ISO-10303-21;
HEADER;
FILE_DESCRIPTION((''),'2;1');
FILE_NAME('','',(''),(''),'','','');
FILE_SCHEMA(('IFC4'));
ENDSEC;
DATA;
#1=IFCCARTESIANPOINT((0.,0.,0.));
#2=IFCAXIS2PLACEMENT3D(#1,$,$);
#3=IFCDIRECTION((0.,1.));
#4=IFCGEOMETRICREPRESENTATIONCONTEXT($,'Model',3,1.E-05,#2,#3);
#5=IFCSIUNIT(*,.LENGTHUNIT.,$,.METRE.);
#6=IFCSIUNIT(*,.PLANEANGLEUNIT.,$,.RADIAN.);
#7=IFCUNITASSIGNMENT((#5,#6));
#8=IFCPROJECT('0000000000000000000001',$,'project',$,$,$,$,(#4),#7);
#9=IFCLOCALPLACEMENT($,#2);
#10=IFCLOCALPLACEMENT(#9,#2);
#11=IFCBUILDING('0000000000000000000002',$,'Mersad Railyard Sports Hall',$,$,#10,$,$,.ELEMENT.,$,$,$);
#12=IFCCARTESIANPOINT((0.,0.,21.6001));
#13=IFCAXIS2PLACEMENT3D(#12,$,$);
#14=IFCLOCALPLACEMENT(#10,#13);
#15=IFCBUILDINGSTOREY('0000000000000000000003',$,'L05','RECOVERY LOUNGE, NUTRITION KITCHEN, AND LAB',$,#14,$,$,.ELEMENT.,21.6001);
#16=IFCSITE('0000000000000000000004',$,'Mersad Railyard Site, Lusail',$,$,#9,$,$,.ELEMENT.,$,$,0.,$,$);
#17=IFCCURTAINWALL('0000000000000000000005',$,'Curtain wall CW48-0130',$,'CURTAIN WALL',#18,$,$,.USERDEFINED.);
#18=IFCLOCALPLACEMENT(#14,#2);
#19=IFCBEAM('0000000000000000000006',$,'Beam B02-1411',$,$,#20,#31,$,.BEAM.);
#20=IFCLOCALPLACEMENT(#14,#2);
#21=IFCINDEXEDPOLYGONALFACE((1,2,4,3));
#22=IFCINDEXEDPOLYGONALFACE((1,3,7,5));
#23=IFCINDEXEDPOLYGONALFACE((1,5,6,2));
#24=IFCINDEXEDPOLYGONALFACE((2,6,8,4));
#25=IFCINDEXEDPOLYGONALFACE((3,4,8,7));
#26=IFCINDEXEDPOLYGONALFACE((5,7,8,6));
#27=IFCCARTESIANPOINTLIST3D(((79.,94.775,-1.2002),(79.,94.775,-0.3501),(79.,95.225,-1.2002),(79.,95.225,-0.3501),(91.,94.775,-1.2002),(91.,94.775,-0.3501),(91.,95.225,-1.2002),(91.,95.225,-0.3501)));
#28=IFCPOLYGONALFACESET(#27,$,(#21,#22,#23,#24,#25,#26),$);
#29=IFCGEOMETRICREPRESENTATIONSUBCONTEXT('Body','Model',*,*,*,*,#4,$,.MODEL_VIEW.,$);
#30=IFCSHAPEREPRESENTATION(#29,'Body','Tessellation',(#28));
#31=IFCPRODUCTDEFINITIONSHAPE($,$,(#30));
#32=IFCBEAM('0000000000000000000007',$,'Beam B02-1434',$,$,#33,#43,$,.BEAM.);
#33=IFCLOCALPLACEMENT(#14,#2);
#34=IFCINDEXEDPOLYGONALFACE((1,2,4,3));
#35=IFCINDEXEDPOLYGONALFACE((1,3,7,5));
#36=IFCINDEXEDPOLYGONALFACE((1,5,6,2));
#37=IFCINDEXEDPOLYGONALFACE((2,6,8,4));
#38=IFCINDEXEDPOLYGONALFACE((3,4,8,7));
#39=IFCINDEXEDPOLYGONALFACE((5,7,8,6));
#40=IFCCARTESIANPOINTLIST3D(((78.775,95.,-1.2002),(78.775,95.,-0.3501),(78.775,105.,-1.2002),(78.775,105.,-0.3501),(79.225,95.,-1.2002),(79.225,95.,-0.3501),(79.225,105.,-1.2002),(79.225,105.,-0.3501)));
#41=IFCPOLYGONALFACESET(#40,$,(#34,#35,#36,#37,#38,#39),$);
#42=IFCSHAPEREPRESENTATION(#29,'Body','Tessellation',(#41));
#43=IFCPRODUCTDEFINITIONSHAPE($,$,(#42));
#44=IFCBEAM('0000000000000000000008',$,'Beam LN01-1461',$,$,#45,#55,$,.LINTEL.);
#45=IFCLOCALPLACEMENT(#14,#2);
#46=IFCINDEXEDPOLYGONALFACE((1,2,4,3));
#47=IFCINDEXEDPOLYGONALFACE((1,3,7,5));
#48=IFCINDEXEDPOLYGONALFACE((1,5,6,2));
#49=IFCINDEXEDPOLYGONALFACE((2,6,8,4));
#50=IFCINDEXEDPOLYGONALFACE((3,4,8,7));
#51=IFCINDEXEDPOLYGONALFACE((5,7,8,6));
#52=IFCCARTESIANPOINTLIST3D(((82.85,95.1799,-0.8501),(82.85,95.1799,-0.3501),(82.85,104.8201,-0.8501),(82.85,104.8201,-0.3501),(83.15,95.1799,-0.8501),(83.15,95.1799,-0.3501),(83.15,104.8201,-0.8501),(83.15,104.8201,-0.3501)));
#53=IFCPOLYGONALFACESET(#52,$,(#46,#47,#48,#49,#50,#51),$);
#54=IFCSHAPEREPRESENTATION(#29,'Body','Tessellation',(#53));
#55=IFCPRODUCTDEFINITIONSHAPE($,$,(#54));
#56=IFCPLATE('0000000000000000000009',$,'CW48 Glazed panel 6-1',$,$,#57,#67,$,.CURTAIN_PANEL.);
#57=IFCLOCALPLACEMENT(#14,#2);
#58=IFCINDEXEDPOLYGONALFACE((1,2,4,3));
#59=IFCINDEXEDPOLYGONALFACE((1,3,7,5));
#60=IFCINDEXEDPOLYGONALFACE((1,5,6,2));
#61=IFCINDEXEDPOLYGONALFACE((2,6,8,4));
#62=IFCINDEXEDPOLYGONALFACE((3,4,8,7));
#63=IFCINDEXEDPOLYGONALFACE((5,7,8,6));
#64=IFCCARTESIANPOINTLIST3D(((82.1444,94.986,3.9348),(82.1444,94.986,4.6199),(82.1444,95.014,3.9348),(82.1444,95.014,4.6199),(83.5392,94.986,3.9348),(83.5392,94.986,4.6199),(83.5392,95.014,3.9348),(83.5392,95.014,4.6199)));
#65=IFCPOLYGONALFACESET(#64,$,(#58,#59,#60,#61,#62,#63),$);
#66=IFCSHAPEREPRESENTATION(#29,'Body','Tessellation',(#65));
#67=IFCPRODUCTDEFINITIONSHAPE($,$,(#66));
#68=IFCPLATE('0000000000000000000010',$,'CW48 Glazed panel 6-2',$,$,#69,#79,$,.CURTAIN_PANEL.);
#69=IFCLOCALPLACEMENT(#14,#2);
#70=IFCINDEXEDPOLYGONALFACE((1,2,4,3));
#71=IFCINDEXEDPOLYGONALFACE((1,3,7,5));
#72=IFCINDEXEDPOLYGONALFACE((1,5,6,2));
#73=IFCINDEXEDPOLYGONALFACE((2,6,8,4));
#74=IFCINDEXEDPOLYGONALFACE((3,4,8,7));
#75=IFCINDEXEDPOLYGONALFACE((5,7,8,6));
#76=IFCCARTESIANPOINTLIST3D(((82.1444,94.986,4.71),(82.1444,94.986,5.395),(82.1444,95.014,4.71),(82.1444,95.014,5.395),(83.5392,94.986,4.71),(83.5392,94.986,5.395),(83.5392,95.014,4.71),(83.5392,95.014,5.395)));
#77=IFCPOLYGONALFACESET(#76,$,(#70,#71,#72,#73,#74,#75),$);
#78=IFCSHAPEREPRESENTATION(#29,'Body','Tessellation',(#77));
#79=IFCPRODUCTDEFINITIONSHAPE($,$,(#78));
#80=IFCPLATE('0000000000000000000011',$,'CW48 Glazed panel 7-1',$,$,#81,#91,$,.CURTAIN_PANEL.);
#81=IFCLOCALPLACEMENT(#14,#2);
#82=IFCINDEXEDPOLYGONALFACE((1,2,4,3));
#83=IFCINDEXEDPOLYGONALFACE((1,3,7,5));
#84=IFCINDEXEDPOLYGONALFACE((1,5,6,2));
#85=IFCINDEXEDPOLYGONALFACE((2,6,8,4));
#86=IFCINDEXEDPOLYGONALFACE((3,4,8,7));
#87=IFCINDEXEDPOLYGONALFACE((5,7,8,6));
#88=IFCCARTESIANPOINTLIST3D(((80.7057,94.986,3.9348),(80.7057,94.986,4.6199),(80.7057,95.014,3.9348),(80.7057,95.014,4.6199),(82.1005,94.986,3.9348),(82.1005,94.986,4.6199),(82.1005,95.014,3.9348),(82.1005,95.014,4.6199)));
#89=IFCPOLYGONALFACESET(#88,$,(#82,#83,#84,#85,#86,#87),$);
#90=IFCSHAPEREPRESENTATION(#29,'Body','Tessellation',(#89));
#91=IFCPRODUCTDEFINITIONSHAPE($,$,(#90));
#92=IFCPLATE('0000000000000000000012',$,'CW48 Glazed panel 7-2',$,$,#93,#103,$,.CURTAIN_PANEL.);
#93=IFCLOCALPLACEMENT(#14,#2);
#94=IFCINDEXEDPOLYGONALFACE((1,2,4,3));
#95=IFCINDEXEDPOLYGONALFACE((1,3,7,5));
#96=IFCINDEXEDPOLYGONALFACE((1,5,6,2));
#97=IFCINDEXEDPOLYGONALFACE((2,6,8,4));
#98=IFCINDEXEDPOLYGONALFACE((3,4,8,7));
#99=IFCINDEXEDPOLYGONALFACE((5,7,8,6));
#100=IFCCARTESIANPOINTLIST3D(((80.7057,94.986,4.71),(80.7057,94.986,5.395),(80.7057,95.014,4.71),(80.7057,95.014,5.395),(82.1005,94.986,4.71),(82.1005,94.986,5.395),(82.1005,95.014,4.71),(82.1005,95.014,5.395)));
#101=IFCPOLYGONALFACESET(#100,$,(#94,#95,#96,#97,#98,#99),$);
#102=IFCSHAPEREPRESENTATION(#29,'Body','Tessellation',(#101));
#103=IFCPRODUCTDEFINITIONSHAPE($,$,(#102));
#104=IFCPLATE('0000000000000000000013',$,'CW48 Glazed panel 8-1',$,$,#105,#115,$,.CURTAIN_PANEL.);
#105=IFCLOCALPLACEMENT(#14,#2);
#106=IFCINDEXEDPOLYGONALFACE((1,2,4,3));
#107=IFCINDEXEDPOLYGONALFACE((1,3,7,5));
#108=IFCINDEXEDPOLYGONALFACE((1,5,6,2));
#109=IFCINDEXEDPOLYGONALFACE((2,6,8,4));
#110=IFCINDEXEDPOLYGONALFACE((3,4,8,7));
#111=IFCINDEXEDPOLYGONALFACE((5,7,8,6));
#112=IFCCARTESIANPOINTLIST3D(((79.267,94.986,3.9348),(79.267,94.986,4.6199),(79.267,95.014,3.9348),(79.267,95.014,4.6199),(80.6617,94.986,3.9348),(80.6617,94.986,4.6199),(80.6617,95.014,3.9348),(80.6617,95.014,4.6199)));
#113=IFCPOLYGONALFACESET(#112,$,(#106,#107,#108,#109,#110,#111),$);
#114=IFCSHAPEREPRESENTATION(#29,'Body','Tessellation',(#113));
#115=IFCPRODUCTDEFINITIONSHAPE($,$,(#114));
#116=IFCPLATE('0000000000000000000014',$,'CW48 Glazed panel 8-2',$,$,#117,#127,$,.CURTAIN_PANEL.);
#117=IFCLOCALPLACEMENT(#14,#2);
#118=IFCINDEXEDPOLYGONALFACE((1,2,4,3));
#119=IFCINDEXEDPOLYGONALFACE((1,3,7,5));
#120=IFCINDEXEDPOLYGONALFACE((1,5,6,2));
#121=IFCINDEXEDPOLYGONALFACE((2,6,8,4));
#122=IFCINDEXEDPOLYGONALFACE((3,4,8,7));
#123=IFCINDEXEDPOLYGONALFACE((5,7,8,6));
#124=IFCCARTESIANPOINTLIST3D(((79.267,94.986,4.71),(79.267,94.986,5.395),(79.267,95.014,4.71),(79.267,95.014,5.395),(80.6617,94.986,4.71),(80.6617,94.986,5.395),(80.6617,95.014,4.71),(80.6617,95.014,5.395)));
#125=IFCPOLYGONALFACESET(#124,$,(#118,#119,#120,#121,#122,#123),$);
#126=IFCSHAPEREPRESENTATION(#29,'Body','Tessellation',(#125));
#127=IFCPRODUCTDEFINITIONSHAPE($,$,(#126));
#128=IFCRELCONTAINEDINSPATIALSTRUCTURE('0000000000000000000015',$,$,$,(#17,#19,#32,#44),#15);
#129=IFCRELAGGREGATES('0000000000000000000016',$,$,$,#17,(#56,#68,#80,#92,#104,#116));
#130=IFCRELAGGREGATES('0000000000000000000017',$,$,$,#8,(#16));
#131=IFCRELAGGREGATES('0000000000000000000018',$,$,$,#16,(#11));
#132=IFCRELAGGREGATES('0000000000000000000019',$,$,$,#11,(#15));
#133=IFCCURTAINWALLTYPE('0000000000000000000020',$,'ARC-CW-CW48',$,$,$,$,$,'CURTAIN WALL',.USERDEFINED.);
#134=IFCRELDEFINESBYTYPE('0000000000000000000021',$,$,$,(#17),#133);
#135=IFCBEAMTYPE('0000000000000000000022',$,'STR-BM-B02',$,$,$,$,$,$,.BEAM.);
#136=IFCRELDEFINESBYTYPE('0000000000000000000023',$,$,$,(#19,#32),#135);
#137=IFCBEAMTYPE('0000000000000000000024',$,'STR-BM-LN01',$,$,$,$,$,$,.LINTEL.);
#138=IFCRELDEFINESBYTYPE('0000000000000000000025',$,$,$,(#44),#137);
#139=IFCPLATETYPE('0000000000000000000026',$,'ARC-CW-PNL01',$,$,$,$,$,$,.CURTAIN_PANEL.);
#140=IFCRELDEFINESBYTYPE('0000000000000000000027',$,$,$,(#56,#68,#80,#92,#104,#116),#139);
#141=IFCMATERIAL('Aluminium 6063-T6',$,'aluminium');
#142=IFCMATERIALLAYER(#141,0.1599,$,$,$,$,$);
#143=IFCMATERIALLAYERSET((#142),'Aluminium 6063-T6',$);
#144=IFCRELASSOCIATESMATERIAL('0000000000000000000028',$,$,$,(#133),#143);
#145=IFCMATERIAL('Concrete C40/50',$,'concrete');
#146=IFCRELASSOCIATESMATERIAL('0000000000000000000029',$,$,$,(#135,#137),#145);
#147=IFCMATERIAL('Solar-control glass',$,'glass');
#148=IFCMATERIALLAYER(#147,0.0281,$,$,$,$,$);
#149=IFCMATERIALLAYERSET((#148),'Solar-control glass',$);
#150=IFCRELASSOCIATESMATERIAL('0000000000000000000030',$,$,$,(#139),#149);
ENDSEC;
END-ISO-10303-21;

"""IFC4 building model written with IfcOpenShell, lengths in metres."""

from ifc_helpers import new_model, si_unit, direction, frame, origin, origin_2d, place, context, subcontext, project, spatial, rectangle, extrude, material, layer, layer_set, material_profile, profile_set, type_object, element, aggregate, save


model = new_model("IFC4")

# Units and contexts
model_context = context("Model", 3, precision=1e-05, world=origin(), true_north=direction((0.0, 1.0)))
body_context = subcontext(model_context, "Body", "Model", "MODEL_VIEW")
ifc_project = project(units=[si_unit("LENGTHUNIT", "METRE"), si_unit("PLANEANGLEUNIT", "RADIAN")], contexts=[model_context])

# Site, building, storey
site_placement = place(None, origin())
site = spatial("IfcSite", under=ifc_project, at=site_placement, Name="Mersad Railyard Site, Lusail", CompositionType="ELEMENT", RefElevation=0.0)
building_placement = place(site_placement, origin())
building = spatial("IfcBuilding", under=site, at=building_placement, Name="Mersad Railyard Sports Hall", CompositionType="ELEMENT")
storey_placement = place(building_placement, frame((0.0, 0.0, 21.6001)))
storey = spatial("IfcBuildingStorey", under=building, at=storey_placement, Name="L05", Description="RECOVERY LOUNGE, NUTRITION KITCHEN, AND LAB", CompositionType="ELEMENT", Elevation=21.6001)

# Shared definitions
ifc_material_1 = material(Name="Concrete C40/50", Category="concrete")

# Curtain wall
ifc_material_2 = material(Name="Aluminium 6063-T6", Category="aluminium")
ifc_layer_1 = layer(ifc_material_2, 0.1599)
ifc_layer_set_1 = layer_set([ifc_layer_1], Name="Aluminium 6063-T6")
curtain_wall_type = type_object("IfcCurtainWallType", Name="ARC-CW-CW48", ElementType="CURTAIN WALL", PredefinedType="USERDEFINED", material=ifc_layer_set_1)
curtain_wall_placement = place(storey_placement, origin())
curtain_wall = element("IfcCurtainWall", 1, at=curtain_wall_placement, inside=storey, type_object=curtain_wall_type, Name="Curtain wall CW48-0130", ObjectType="CURTAIN WALL", PredefinedType="USERDEFINED")

# Beams
ifc_material_profile_1 = material_profile(ifc_material_1, rectangle(XDim=0.45, YDim=0.8501, at=origin_2d()), Name="RC 450x850")
ifc_profile_set_1 = profile_set([ifc_material_profile_1], Name="Concrete C40/50")
beam_type_1 = type_object("IfcBeamType", Name="STR-BM-B02", PredefinedType="BEAM", material=ifc_profile_set_1)
beam_1_placement = place(storey_placement, frame((79.0, 95.0, -0.7751), z_axis=(1.0, 0.0, 0.0), x_axis=(0.0, 1.0, 0.0)))
element("IfcBeam", 2, at=beam_1_placement, inside=storey, type_object=beam_type_1, Name="Beam B02-1411", PredefinedType="BEAM", context=body_context, shape_type="SweptSolid", body=[
    extrude(rectangle(XDim=0.45, YDim=0.8501, at=origin_2d()), origin(), (0.0, 0.0, 1.0), 12.0),
])
beam_2_placement = place(storey_placement, frame((79.0, 95.0, -0.7751), z_axis=(0.0, 1.0, 0.0), x_axis=(-1.0, 0.0, 0.0)))
element("IfcBeam", 3, at=beam_2_placement, inside=storey, type_object=beam_type_1, Name="Beam B02-1434", PredefinedType="BEAM", context=body_context, shape_type="SweptSolid", body=[
    extrude(rectangle(XDim=0.45, YDim=0.8501, at=origin_2d()), origin(), (0.0, 0.0, 1.0), 10.0),
])
ifc_material_profile_2 = material_profile(ifc_material_1, rectangle(XDim=0.3, YDim=0.5, at=origin_2d()), Name="RC 300x500")
ifc_profile_set_2 = profile_set([ifc_material_profile_2], Name="Concrete C40/50")
beam_type_2 = type_object("IfcBeamType", Name="STR-BM-LN01", PredefinedType="LINTEL", material=ifc_profile_set_2)
beam_3_placement = place(storey_placement, frame((83.0, 95.1799, -0.6001), z_axis=(0.0, 1.0, 0.0), x_axis=(-1.0, 0.0, 0.0)))
element("IfcBeam", 4, at=beam_3_placement, inside=storey, type_object=beam_type_2, Name="Beam LN01-1461", PredefinedType="LINTEL", context=body_context, shape_type="SweptSolid", body=[
    extrude(rectangle(XDim=0.3, YDim=0.5, at=origin_2d()), origin(), (0.0, 0.0, 1.0), 9.6401),
])

# Plates
ifc_material_3 = material(Name="Solar-control glass", Category="glass")
ifc_layer_2 = layer(ifc_material_3, 0.0281)
ifc_layer_set_2 = layer_set([ifc_layer_2], Name="Solar-control glass")
plate_type = type_object("IfcPlateType", Name="ARC-CW-PNL01", PredefinedType="CURTAIN_PANEL", material=ifc_layer_set_2)
plate_1_placement = place(storey_placement, frame((82.8418, 95.0, 3.9348), z_axis=(0.0, 0.0, 1.0), x_axis=(-1.0, 0.0, 0.0)))
plate_1 = element("IfcPlate", 5, at=plate_1_placement, type_object=plate_type, Name="CW48 Glazed panel 6-1", PredefinedType="CURTAIN_PANEL", context=body_context, shape_type="SweptSolid", body=[
    extrude(rectangle(XDim=1.3948, YDim=0.0281, at=origin_2d()), origin(), (0.0, 0.0, 1.0), 0.6851),
])
plate_2_placement = place(storey_placement, frame((82.8418, 95.0, 4.71), z_axis=(0.0, 0.0, 1.0), x_axis=(-1.0, 0.0, 0.0)))
plate_2 = element("IfcPlate", 6, at=plate_2_placement, type_object=plate_type, Name="CW48 Glazed panel 6-2", PredefinedType="CURTAIN_PANEL", context=body_context, shape_type="SweptSolid", body=[
    extrude(rectangle(XDim=1.3948, YDim=0.0281, at=origin_2d()), origin(), (0.0, 0.0, 1.0), 0.6851),
])
plate_3_placement = place(storey_placement, frame((81.4031, 95.0, 3.9348), z_axis=(0.0, 0.0, 1.0), x_axis=(-1.0, 0.0, 0.0)))
plate_3 = element("IfcPlate", 7, at=plate_3_placement, type_object=plate_type, Name="CW48 Glazed panel 7-1", PredefinedType="CURTAIN_PANEL", context=body_context, shape_type="SweptSolid", body=[
    extrude(rectangle(XDim=1.3948, YDim=0.0281, at=origin_2d()), origin(), (0.0, 0.0, 1.0), 0.6851),
])
plate_4_placement = place(storey_placement, frame((81.4031, 95.0, 4.71), z_axis=(0.0, 0.0, 1.0), x_axis=(-1.0, 0.0, 0.0)))
plate_4 = element("IfcPlate", 8, at=plate_4_placement, type_object=plate_type, Name="CW48 Glazed panel 7-2", PredefinedType="CURTAIN_PANEL", context=body_context, shape_type="SweptSolid", body=[
    extrude(rectangle(XDim=1.3948, YDim=0.0281, at=origin_2d()), origin(), (0.0, 0.0, 1.0), 0.6851),
])
plate_5_placement = place(storey_placement, frame((79.9644, 95.0, 3.9348), z_axis=(0.0, 0.0, 1.0), x_axis=(-1.0, 0.0, 0.0)))
plate_5 = element("IfcPlate", 9, at=plate_5_placement, type_object=plate_type, Name="CW48 Glazed panel 8-1", PredefinedType="CURTAIN_PANEL", context=body_context, shape_type="SweptSolid", body=[
    extrude(rectangle(XDim=1.3948, YDim=0.0281, at=origin_2d()), origin(), (0.0, 0.0, 1.0), 0.6851),
])
plate_6_placement = place(storey_placement, frame((79.9644, 95.0, 4.71), z_axis=(0.0, 0.0, 1.0), x_axis=(-1.0, 0.0, 0.0)))
plate_6 = element("IfcPlate", 10, at=plate_6_placement, type_object=plate_type, Name="CW48 Glazed panel 8-2", PredefinedType="CURTAIN_PANEL", context=body_context, shape_type="SweptSolid", body=[
    extrude(rectangle(XDim=1.3948, YDim=0.0281, at=origin_2d()), origin(), (0.0, 0.0, 1.0), 0.6851),
])
aggregate(curtain_wall, [plate_1, plate_2, plate_3, plate_4, plate_5, plate_6])

save(model, "model.ifc")
